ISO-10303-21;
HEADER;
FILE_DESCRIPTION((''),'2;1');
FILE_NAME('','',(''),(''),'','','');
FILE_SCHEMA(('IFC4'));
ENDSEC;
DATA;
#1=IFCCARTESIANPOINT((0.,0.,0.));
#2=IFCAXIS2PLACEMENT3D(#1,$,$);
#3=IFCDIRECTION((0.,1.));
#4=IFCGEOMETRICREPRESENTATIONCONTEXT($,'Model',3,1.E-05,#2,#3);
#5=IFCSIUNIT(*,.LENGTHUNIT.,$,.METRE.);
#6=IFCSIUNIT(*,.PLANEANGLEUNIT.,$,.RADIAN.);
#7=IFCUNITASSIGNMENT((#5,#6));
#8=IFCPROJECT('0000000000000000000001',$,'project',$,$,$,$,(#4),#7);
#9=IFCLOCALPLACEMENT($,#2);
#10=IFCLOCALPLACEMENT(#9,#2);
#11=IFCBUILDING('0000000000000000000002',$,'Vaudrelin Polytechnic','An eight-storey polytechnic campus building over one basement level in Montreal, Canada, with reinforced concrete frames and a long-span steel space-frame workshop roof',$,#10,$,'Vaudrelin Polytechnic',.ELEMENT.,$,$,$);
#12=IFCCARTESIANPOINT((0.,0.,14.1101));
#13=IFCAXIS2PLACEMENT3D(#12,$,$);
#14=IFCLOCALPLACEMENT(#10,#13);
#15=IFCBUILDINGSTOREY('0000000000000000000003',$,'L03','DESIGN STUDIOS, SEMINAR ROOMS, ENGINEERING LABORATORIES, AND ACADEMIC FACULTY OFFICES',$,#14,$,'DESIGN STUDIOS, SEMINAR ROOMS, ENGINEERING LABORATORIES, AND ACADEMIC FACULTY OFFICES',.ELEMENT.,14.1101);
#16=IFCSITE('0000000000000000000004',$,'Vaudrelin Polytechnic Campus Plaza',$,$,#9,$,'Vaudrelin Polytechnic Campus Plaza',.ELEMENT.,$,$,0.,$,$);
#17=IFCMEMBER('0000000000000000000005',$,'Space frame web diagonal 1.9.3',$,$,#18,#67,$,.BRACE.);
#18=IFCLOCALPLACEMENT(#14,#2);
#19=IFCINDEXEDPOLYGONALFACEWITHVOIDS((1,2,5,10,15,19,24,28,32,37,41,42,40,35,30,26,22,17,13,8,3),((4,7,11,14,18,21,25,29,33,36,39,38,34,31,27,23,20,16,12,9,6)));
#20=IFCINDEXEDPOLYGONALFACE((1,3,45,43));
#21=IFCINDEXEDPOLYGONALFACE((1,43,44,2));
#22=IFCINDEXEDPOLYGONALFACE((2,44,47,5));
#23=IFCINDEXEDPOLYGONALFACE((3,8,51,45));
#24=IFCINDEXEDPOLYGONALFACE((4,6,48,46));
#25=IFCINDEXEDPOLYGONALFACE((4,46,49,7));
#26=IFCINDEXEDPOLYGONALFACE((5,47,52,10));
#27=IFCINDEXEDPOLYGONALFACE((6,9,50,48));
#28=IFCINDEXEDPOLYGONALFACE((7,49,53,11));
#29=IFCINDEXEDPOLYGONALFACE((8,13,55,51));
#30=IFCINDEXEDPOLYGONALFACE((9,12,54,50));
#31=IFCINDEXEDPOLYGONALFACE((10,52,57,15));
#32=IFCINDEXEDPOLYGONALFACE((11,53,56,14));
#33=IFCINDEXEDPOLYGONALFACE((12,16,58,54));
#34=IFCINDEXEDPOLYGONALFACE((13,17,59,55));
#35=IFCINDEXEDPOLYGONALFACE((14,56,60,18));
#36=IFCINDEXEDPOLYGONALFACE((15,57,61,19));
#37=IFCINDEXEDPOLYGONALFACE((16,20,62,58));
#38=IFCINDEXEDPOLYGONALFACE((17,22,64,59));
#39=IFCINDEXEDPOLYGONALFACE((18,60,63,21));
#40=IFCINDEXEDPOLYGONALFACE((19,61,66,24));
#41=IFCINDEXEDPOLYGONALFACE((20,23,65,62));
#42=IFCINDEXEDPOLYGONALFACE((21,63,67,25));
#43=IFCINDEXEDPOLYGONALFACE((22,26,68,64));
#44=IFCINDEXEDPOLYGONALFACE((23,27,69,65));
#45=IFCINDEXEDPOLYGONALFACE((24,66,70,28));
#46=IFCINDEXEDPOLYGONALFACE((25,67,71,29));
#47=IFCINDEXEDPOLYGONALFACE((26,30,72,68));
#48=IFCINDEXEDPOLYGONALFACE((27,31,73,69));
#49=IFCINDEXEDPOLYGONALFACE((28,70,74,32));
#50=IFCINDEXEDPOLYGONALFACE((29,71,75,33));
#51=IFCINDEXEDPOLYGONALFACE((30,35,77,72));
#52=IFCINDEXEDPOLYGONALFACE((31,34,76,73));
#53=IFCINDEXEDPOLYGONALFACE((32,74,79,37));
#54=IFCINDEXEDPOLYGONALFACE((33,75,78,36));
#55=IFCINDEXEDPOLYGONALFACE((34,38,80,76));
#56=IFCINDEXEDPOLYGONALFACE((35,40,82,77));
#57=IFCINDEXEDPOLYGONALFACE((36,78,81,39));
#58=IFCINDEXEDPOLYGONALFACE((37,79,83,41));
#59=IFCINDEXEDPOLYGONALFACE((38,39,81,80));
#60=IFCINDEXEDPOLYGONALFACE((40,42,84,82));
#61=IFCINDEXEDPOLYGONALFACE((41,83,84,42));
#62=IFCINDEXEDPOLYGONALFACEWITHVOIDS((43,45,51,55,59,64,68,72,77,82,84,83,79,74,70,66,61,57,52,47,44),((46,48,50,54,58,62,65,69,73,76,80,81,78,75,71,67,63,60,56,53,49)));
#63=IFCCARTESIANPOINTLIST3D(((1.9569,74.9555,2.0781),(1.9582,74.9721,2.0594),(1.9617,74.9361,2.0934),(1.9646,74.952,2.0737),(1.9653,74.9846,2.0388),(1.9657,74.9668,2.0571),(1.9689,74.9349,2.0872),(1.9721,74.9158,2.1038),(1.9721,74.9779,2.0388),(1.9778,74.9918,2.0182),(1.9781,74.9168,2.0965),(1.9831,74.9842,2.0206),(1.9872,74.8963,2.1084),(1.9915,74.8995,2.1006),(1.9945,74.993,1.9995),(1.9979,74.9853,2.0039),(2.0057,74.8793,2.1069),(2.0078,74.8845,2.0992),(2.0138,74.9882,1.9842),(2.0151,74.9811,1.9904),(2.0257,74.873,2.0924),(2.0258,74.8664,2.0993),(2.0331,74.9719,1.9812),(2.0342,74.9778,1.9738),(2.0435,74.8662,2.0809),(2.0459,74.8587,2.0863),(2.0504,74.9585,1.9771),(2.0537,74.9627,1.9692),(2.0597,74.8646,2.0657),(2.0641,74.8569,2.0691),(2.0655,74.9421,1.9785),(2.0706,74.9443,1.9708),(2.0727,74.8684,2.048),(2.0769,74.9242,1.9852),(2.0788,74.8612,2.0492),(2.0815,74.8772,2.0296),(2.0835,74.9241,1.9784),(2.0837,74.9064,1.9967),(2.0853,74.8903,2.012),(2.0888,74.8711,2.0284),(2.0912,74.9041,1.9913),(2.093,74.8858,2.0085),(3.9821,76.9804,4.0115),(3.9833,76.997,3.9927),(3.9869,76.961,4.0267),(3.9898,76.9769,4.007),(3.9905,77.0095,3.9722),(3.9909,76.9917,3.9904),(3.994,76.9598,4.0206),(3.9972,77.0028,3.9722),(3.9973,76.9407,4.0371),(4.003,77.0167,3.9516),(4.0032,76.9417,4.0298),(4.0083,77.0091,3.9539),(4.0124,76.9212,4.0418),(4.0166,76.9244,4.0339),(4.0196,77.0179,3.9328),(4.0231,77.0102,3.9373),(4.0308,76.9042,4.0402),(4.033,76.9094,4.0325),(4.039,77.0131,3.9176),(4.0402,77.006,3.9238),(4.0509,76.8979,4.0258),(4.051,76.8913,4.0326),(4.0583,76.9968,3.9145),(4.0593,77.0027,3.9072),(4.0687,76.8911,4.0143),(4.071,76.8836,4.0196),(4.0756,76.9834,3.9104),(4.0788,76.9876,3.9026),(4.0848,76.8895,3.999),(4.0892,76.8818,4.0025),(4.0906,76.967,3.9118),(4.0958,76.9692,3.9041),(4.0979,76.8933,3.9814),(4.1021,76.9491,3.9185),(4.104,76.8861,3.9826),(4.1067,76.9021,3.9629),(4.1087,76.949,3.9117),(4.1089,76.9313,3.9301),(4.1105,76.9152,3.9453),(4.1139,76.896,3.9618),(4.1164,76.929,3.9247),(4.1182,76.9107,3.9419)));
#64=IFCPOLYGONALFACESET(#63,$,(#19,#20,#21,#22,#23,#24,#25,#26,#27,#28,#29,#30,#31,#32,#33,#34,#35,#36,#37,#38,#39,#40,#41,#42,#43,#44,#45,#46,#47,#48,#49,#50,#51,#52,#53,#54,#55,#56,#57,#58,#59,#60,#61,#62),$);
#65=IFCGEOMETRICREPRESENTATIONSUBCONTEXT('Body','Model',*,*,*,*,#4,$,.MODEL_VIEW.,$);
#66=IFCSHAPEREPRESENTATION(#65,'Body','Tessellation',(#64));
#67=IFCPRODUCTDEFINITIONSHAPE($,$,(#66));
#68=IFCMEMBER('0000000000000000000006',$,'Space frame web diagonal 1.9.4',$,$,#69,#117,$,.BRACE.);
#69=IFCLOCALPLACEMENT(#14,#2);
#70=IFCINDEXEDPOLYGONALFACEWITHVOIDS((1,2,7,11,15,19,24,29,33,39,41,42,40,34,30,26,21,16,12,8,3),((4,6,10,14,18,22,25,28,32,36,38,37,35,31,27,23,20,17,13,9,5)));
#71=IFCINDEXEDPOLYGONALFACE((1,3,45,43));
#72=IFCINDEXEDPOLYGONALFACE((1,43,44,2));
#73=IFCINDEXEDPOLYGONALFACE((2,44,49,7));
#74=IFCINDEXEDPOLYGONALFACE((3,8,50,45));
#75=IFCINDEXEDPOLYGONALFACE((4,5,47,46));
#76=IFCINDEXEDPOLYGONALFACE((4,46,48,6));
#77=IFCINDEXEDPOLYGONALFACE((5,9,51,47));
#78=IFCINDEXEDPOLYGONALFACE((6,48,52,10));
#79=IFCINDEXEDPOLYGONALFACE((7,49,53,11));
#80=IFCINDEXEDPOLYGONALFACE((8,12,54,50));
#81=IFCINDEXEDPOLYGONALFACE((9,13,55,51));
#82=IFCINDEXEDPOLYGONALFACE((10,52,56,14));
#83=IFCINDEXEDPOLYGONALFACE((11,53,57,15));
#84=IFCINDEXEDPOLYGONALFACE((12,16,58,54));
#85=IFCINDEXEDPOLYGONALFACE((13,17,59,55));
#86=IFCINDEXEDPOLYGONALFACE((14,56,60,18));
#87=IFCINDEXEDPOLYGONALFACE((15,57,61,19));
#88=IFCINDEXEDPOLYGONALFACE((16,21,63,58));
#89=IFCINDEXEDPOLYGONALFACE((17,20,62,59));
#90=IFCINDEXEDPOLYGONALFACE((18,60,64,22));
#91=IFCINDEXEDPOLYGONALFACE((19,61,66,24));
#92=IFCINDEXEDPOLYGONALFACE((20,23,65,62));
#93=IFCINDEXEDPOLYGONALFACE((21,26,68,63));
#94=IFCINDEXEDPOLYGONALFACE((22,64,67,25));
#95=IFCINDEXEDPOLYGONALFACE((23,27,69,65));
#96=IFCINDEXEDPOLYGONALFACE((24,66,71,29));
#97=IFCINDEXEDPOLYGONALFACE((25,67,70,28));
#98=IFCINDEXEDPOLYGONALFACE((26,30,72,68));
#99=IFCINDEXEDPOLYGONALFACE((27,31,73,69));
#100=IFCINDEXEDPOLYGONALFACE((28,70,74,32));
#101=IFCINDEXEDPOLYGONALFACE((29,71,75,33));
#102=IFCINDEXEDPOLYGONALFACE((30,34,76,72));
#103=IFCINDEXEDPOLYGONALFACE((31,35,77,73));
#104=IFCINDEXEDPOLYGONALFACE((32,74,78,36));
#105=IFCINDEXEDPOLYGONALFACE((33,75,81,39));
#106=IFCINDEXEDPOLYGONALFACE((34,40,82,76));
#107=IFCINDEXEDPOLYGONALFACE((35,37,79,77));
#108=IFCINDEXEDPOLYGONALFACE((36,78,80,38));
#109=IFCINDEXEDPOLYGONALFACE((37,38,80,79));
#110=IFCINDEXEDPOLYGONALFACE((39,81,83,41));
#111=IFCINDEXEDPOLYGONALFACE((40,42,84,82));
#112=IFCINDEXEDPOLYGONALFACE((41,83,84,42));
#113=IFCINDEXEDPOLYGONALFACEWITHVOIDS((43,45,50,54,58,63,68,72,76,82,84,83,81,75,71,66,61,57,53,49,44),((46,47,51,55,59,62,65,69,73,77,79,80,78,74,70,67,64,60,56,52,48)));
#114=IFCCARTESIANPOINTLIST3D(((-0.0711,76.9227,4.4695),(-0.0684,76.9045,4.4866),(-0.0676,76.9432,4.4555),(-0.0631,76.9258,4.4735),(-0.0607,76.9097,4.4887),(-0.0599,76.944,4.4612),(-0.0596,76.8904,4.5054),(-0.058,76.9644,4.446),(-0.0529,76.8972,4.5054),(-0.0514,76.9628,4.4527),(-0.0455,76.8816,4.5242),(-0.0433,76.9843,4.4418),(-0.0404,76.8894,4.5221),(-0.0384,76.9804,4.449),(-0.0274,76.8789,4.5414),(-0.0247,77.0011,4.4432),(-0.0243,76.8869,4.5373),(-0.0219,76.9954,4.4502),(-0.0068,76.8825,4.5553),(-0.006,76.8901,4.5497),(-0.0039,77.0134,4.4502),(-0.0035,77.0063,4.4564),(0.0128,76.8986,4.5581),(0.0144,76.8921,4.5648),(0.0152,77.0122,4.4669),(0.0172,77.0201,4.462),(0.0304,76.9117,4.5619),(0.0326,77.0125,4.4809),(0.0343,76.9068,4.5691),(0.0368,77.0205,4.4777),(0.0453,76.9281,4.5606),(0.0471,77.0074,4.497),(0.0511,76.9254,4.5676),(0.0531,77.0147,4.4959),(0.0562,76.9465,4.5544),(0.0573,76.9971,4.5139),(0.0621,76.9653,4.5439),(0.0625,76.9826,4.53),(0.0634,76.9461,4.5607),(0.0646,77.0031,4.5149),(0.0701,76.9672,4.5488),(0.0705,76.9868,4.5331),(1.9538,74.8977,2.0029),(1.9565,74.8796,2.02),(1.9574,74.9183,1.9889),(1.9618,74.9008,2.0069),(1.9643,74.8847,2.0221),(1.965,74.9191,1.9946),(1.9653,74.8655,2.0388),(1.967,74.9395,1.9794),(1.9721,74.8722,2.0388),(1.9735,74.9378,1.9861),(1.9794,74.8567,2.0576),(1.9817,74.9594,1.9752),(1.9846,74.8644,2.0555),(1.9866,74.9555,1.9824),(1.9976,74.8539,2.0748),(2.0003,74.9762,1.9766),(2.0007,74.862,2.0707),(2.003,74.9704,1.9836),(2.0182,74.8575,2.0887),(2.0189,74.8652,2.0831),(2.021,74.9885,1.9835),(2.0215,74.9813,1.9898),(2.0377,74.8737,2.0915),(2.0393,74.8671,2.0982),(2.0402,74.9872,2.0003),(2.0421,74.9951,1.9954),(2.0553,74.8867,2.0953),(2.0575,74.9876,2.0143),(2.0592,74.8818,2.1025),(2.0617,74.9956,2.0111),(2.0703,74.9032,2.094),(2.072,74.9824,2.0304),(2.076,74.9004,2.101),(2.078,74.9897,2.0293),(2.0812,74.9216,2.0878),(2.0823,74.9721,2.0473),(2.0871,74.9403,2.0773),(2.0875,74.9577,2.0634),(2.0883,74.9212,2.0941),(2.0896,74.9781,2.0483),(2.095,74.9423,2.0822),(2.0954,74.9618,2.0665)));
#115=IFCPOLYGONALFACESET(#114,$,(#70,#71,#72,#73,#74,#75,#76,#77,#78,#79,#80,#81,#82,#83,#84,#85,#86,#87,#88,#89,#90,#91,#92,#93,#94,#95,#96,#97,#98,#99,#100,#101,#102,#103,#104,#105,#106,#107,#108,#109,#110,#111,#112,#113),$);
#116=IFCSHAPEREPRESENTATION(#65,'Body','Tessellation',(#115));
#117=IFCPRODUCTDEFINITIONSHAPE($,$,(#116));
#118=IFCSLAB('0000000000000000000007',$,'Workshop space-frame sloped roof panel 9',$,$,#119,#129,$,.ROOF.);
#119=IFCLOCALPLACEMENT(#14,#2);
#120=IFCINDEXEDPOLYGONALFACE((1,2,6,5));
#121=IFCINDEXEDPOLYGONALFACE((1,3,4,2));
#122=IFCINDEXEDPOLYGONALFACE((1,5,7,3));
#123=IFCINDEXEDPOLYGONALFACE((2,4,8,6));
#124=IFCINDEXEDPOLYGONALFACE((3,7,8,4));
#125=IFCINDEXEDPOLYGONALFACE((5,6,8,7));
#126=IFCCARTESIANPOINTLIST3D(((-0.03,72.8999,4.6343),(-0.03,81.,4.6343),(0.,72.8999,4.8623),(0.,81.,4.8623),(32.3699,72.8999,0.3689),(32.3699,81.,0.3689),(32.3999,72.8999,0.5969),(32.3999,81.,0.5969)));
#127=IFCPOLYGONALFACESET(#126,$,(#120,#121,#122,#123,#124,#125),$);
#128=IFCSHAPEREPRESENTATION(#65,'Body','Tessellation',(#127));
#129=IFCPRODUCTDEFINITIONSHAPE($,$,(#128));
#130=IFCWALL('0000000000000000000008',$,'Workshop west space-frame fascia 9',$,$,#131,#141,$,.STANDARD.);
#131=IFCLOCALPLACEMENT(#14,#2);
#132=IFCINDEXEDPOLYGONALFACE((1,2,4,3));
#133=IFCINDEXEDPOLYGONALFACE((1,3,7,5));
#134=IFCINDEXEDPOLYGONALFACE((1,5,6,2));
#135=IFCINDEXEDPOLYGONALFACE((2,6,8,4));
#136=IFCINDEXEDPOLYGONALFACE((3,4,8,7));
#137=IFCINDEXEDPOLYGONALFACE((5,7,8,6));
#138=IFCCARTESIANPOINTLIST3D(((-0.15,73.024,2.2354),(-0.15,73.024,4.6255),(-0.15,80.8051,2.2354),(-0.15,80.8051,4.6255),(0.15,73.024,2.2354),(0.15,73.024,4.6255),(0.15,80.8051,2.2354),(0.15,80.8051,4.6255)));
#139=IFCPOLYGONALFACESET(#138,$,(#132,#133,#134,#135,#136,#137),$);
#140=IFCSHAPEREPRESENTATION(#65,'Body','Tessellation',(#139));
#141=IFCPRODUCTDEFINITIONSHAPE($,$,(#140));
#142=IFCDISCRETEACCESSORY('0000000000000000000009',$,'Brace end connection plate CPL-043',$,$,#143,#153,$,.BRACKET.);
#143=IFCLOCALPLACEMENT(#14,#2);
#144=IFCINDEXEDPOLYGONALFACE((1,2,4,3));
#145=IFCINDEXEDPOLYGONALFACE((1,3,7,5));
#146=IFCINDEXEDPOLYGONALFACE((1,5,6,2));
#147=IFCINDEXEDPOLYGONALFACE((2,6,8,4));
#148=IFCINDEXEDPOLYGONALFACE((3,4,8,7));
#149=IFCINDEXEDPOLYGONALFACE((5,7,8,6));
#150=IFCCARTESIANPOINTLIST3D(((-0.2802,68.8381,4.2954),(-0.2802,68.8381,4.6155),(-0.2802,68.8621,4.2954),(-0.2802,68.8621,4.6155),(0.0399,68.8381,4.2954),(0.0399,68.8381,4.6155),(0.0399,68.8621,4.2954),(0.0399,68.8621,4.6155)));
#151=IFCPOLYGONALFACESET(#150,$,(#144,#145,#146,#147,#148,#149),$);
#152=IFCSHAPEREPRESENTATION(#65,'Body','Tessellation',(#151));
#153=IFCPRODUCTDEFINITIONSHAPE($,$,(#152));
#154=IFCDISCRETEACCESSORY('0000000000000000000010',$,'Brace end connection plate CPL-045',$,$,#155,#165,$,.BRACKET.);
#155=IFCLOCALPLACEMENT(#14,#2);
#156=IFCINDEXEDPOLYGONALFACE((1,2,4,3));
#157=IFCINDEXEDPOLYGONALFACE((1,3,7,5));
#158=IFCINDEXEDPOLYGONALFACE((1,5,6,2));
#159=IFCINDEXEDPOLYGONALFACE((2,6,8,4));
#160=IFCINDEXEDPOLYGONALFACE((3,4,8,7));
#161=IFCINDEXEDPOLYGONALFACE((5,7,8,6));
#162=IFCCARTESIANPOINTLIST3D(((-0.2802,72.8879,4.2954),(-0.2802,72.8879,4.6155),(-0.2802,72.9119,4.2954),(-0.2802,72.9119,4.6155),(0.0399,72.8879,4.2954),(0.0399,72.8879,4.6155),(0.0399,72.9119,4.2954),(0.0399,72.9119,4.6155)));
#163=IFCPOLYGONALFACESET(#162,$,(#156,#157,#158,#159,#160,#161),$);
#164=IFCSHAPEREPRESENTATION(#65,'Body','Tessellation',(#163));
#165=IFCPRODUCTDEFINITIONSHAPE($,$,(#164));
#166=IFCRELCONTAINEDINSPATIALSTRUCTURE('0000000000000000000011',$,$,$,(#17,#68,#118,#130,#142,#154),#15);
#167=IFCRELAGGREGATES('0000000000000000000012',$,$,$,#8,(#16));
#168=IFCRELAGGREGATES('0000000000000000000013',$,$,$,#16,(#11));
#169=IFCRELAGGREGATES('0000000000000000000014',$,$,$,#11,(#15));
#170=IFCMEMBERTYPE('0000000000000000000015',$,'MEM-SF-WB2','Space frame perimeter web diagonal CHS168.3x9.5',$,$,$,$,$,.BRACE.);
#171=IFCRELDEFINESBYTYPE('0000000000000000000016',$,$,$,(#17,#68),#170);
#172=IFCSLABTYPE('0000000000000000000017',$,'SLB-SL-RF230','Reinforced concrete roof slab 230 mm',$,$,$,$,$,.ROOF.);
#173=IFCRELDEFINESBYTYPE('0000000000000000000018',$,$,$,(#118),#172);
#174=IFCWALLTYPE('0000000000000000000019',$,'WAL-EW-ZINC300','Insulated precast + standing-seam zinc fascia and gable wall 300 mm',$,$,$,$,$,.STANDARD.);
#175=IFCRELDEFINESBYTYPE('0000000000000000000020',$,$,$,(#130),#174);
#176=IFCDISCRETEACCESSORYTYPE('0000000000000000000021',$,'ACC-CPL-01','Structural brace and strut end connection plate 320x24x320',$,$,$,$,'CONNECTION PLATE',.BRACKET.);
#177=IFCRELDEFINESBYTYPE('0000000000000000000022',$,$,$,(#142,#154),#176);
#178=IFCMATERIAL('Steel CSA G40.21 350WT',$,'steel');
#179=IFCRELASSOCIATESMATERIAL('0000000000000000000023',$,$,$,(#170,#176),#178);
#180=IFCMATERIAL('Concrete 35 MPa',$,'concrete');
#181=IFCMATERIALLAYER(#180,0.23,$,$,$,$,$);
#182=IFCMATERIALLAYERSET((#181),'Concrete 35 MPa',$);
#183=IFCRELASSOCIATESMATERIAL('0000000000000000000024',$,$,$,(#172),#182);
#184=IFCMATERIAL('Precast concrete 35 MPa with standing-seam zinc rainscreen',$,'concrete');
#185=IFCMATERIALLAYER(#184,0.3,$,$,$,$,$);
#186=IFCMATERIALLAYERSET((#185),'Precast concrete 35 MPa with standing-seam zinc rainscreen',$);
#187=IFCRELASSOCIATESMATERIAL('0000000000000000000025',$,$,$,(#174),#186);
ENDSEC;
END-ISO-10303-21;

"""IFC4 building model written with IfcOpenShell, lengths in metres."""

from ifc_helpers import new_model, si_unit, direction, frame, frame_2d, origin, origin_2d, place, context, subcontext, project, spatial, polyline, rectangle, hollow_circle, outline, extrude, material, layer, layer_set, material_profile, profile_set, type_object, element, save


model = new_model("IFC4")

# Units and contexts
model_context = context("Model", 3, precision=1e-05, world=origin(), true_north=direction((0.0, 1.0)))
body_context = subcontext(model_context, "Body", "Model", "MODEL_VIEW")
ifc_project = project(units=[si_unit("LENGTHUNIT", "METRE"), si_unit("PLANEANGLEUNIT", "RADIAN")], contexts=[model_context])

# Site, building, storey
site_placement = place(None, origin())
site = spatial("IfcSite", under=ifc_project, at=site_placement, Name="Vaudrelin Polytechnic Campus Plaza", LongName="Vaudrelin Polytechnic Campus Plaza", CompositionType="ELEMENT", RefElevation=0.0)
building_placement = place(site_placement, origin())
building = spatial("IfcBuilding", under=site, at=building_placement, Name="Vaudrelin Polytechnic", Description="An eight-storey polytechnic campus building over one basement level in Montreal, Canada, with reinforced concrete frames and a long-span steel space-frame workshop roof", LongName="Vaudrelin Polytechnic", CompositionType="ELEMENT")
storey_placement = place(building_placement, frame((0.0, 0.0, 14.1101)))
storey = spatial("IfcBuildingStorey", under=building, at=storey_placement, Name="L03", Description="DESIGN STUDIOS, SEMINAR ROOMS, ENGINEERING LABORATORIES, AND ACADEMIC FACULTY OFFICES", LongName="DESIGN STUDIOS, SEMINAR ROOMS, ENGINEERING LABORATORIES, AND ACADEMIC FACULTY OFFICES", CompositionType="ELEMENT", Elevation=14.1101)

# Members
ifc_material_1 = material(Name="Steel CSA G40.21 350WT", Category="steel")
ifc_material_profile_1 = material_profile(ifc_material_1, hollow_circle(Radius=0.0842, WallThickness=0.0095, at=origin_2d()), Name="CHS168.3x9.5")
ifc_profile_set_1 = profile_set([ifc_material_profile_1], Name="Steel CSA G40.21 350WT")
member_type_1 = type_object("IfcMemberType", Name="MEM-SF-WB2", Description="Space frame perimeter web diagonal CHS168.3x9.5", PredefinedType="BRACE", material=ifc_profile_set_1)
member_1_placement = place(storey_placement, frame((2.0249, 74.925, 2.0388), z_axis=(0.586094, 0.586023, 0.559527), x_axis=(-0.707064, 0.707149, 0.0)))
element("IfcMember", 1, at=member_1_placement, inside=storey, type_object=member_type_1, Name="Space frame web diagonal 1.9.3", PredefinedType="BRACE", context=body_context, shape_type="SweptSolid", body=[
    extrude(hollow_circle(Radius=0.0842, WallThickness=0.0095, at=origin_2d()), origin(), (0.0, 0.0, 1.0), 3.4553),
])
member_2_placement = place(storey_placement, frame((2.0249, 74.925, 2.0388), z_axis=(-0.535765, 0.535765, 0.65262), x_axis=(-0.707107, -0.707107, 0.0)))
element("IfcMember", 2, at=member_2_placement, inside=storey, type_object=member_type_1, Name="Space frame web diagonal 1.9.4", PredefinedType="BRACE", context=body_context, shape_type="SweptSolid", body=[
    extrude(hollow_circle(Radius=0.0842, WallThickness=0.0095, at=origin_2d()), origin(), (0.0, 0.0, 1.0), 3.7795),
])

# Slab
ifc_material_2 = material(Name="Concrete 35 MPa", Category="concrete")
ifc_layer_1 = layer(ifc_material_2, 0.23)
ifc_layer_set_1 = layer_set([ifc_layer_1], Name="Concrete 35 MPa")
slab_type = type_object("IfcSlabType", Name="SLB-SL-RF230", Description="Reinforced concrete roof slab 230 mm", PredefinedType="ROOF", material=ifc_layer_set_1)
slab_placement = place(storey_placement, frame((0.0, 72.8999, 4.8623), z_axis=(0.130522, 0.0, 0.991445), x_axis=(0.991445, 0.0, -0.130522)))
element("IfcSlab", 3, at=slab_placement, inside=storey, type_object=slab_type, Name="Workshop space-frame sloped roof panel 9", PredefinedType="ROOF", context=body_context, shape_type="SweptSolid", body=[
    extrude(outline(polyline([(0.0, 0.0), (32.6795, 0.0), (32.6795, 8.1001), (0.0, 8.1001), (0.0, 0.0)])), origin(), (0.0, 0.0, -1.0), 0.23),
])

# Wall
ifc_material_3 = material(Name="Precast concrete 35 MPa with standing-seam zinc rainscreen", Category="concrete")
ifc_layer_2 = layer(ifc_material_3, 0.3)
ifc_layer_set_2 = layer_set([ifc_layer_2], Name="Precast concrete 35 MPa with standing-seam zinc rainscreen")
wall_type = type_object("IfcWallType", Name="WAL-EW-ZINC300", Description="Insulated precast + standing-seam zinc fascia and gable wall 300 mm", PredefinedType="STANDARD", material=ifc_layer_set_2)
wall_placement = place(storey_placement, frame((0.0, 73.0239, 2.2354), z_axis=(0.0, 0.0, 1.0), x_axis=(0.0, 1.0, 0.0)))
element("IfcWall", 4, at=wall_placement, inside=storey, type_object=wall_type, Name="Workshop west space-frame fascia 9", PredefinedType="STANDARD", context=body_context, shape_type="SweptSolid", body=[
    extrude(rectangle(XDim=7.781, YDim=0.3, at=frame_2d((3.8906, 0.0))), origin(), (0.0, 0.0, 1.0), 2.3901),
])

# Discrete accessories
discrete_accessory_type = type_object("IfcDiscreteAccessoryType", Name="ACC-CPL-01", Description="Structural brace and strut end connection plate 320x24x320", ElementType="CONNECTION PLATE", PredefinedType="BRACKET", material=ifc_material_1)
for number, where, z_axis, x_axis, name in (
    (5, (-0.1201, 68.8501, 4.2954), (0.0, 0.0, 1.0), (1.0, 0.0, 0.0), "Brace end connection plate CPL-043"),
    (6, (-0.1201, 72.8999, 4.2954), (0.0, 0.0, 1.0), (1.0, 0.0, 0.0), "Brace end connection plate CPL-045"),
):
    element("IfcDiscreteAccessory", number, at=place(storey_placement, frame(where, z_axis=z_axis, x_axis=x_axis)), inside=storey, type_object=discrete_accessory_type, Name=name, PredefinedType="BRACKET", context=body_context, shape_type="SweptSolid", body=[
        extrude(rectangle(XDim=0.3201, YDim=0.0239, at=origin_2d()), origin(), (0.0, 0.0, 1.0), 0.3201),
    ])

save(model, "model.ifc")
